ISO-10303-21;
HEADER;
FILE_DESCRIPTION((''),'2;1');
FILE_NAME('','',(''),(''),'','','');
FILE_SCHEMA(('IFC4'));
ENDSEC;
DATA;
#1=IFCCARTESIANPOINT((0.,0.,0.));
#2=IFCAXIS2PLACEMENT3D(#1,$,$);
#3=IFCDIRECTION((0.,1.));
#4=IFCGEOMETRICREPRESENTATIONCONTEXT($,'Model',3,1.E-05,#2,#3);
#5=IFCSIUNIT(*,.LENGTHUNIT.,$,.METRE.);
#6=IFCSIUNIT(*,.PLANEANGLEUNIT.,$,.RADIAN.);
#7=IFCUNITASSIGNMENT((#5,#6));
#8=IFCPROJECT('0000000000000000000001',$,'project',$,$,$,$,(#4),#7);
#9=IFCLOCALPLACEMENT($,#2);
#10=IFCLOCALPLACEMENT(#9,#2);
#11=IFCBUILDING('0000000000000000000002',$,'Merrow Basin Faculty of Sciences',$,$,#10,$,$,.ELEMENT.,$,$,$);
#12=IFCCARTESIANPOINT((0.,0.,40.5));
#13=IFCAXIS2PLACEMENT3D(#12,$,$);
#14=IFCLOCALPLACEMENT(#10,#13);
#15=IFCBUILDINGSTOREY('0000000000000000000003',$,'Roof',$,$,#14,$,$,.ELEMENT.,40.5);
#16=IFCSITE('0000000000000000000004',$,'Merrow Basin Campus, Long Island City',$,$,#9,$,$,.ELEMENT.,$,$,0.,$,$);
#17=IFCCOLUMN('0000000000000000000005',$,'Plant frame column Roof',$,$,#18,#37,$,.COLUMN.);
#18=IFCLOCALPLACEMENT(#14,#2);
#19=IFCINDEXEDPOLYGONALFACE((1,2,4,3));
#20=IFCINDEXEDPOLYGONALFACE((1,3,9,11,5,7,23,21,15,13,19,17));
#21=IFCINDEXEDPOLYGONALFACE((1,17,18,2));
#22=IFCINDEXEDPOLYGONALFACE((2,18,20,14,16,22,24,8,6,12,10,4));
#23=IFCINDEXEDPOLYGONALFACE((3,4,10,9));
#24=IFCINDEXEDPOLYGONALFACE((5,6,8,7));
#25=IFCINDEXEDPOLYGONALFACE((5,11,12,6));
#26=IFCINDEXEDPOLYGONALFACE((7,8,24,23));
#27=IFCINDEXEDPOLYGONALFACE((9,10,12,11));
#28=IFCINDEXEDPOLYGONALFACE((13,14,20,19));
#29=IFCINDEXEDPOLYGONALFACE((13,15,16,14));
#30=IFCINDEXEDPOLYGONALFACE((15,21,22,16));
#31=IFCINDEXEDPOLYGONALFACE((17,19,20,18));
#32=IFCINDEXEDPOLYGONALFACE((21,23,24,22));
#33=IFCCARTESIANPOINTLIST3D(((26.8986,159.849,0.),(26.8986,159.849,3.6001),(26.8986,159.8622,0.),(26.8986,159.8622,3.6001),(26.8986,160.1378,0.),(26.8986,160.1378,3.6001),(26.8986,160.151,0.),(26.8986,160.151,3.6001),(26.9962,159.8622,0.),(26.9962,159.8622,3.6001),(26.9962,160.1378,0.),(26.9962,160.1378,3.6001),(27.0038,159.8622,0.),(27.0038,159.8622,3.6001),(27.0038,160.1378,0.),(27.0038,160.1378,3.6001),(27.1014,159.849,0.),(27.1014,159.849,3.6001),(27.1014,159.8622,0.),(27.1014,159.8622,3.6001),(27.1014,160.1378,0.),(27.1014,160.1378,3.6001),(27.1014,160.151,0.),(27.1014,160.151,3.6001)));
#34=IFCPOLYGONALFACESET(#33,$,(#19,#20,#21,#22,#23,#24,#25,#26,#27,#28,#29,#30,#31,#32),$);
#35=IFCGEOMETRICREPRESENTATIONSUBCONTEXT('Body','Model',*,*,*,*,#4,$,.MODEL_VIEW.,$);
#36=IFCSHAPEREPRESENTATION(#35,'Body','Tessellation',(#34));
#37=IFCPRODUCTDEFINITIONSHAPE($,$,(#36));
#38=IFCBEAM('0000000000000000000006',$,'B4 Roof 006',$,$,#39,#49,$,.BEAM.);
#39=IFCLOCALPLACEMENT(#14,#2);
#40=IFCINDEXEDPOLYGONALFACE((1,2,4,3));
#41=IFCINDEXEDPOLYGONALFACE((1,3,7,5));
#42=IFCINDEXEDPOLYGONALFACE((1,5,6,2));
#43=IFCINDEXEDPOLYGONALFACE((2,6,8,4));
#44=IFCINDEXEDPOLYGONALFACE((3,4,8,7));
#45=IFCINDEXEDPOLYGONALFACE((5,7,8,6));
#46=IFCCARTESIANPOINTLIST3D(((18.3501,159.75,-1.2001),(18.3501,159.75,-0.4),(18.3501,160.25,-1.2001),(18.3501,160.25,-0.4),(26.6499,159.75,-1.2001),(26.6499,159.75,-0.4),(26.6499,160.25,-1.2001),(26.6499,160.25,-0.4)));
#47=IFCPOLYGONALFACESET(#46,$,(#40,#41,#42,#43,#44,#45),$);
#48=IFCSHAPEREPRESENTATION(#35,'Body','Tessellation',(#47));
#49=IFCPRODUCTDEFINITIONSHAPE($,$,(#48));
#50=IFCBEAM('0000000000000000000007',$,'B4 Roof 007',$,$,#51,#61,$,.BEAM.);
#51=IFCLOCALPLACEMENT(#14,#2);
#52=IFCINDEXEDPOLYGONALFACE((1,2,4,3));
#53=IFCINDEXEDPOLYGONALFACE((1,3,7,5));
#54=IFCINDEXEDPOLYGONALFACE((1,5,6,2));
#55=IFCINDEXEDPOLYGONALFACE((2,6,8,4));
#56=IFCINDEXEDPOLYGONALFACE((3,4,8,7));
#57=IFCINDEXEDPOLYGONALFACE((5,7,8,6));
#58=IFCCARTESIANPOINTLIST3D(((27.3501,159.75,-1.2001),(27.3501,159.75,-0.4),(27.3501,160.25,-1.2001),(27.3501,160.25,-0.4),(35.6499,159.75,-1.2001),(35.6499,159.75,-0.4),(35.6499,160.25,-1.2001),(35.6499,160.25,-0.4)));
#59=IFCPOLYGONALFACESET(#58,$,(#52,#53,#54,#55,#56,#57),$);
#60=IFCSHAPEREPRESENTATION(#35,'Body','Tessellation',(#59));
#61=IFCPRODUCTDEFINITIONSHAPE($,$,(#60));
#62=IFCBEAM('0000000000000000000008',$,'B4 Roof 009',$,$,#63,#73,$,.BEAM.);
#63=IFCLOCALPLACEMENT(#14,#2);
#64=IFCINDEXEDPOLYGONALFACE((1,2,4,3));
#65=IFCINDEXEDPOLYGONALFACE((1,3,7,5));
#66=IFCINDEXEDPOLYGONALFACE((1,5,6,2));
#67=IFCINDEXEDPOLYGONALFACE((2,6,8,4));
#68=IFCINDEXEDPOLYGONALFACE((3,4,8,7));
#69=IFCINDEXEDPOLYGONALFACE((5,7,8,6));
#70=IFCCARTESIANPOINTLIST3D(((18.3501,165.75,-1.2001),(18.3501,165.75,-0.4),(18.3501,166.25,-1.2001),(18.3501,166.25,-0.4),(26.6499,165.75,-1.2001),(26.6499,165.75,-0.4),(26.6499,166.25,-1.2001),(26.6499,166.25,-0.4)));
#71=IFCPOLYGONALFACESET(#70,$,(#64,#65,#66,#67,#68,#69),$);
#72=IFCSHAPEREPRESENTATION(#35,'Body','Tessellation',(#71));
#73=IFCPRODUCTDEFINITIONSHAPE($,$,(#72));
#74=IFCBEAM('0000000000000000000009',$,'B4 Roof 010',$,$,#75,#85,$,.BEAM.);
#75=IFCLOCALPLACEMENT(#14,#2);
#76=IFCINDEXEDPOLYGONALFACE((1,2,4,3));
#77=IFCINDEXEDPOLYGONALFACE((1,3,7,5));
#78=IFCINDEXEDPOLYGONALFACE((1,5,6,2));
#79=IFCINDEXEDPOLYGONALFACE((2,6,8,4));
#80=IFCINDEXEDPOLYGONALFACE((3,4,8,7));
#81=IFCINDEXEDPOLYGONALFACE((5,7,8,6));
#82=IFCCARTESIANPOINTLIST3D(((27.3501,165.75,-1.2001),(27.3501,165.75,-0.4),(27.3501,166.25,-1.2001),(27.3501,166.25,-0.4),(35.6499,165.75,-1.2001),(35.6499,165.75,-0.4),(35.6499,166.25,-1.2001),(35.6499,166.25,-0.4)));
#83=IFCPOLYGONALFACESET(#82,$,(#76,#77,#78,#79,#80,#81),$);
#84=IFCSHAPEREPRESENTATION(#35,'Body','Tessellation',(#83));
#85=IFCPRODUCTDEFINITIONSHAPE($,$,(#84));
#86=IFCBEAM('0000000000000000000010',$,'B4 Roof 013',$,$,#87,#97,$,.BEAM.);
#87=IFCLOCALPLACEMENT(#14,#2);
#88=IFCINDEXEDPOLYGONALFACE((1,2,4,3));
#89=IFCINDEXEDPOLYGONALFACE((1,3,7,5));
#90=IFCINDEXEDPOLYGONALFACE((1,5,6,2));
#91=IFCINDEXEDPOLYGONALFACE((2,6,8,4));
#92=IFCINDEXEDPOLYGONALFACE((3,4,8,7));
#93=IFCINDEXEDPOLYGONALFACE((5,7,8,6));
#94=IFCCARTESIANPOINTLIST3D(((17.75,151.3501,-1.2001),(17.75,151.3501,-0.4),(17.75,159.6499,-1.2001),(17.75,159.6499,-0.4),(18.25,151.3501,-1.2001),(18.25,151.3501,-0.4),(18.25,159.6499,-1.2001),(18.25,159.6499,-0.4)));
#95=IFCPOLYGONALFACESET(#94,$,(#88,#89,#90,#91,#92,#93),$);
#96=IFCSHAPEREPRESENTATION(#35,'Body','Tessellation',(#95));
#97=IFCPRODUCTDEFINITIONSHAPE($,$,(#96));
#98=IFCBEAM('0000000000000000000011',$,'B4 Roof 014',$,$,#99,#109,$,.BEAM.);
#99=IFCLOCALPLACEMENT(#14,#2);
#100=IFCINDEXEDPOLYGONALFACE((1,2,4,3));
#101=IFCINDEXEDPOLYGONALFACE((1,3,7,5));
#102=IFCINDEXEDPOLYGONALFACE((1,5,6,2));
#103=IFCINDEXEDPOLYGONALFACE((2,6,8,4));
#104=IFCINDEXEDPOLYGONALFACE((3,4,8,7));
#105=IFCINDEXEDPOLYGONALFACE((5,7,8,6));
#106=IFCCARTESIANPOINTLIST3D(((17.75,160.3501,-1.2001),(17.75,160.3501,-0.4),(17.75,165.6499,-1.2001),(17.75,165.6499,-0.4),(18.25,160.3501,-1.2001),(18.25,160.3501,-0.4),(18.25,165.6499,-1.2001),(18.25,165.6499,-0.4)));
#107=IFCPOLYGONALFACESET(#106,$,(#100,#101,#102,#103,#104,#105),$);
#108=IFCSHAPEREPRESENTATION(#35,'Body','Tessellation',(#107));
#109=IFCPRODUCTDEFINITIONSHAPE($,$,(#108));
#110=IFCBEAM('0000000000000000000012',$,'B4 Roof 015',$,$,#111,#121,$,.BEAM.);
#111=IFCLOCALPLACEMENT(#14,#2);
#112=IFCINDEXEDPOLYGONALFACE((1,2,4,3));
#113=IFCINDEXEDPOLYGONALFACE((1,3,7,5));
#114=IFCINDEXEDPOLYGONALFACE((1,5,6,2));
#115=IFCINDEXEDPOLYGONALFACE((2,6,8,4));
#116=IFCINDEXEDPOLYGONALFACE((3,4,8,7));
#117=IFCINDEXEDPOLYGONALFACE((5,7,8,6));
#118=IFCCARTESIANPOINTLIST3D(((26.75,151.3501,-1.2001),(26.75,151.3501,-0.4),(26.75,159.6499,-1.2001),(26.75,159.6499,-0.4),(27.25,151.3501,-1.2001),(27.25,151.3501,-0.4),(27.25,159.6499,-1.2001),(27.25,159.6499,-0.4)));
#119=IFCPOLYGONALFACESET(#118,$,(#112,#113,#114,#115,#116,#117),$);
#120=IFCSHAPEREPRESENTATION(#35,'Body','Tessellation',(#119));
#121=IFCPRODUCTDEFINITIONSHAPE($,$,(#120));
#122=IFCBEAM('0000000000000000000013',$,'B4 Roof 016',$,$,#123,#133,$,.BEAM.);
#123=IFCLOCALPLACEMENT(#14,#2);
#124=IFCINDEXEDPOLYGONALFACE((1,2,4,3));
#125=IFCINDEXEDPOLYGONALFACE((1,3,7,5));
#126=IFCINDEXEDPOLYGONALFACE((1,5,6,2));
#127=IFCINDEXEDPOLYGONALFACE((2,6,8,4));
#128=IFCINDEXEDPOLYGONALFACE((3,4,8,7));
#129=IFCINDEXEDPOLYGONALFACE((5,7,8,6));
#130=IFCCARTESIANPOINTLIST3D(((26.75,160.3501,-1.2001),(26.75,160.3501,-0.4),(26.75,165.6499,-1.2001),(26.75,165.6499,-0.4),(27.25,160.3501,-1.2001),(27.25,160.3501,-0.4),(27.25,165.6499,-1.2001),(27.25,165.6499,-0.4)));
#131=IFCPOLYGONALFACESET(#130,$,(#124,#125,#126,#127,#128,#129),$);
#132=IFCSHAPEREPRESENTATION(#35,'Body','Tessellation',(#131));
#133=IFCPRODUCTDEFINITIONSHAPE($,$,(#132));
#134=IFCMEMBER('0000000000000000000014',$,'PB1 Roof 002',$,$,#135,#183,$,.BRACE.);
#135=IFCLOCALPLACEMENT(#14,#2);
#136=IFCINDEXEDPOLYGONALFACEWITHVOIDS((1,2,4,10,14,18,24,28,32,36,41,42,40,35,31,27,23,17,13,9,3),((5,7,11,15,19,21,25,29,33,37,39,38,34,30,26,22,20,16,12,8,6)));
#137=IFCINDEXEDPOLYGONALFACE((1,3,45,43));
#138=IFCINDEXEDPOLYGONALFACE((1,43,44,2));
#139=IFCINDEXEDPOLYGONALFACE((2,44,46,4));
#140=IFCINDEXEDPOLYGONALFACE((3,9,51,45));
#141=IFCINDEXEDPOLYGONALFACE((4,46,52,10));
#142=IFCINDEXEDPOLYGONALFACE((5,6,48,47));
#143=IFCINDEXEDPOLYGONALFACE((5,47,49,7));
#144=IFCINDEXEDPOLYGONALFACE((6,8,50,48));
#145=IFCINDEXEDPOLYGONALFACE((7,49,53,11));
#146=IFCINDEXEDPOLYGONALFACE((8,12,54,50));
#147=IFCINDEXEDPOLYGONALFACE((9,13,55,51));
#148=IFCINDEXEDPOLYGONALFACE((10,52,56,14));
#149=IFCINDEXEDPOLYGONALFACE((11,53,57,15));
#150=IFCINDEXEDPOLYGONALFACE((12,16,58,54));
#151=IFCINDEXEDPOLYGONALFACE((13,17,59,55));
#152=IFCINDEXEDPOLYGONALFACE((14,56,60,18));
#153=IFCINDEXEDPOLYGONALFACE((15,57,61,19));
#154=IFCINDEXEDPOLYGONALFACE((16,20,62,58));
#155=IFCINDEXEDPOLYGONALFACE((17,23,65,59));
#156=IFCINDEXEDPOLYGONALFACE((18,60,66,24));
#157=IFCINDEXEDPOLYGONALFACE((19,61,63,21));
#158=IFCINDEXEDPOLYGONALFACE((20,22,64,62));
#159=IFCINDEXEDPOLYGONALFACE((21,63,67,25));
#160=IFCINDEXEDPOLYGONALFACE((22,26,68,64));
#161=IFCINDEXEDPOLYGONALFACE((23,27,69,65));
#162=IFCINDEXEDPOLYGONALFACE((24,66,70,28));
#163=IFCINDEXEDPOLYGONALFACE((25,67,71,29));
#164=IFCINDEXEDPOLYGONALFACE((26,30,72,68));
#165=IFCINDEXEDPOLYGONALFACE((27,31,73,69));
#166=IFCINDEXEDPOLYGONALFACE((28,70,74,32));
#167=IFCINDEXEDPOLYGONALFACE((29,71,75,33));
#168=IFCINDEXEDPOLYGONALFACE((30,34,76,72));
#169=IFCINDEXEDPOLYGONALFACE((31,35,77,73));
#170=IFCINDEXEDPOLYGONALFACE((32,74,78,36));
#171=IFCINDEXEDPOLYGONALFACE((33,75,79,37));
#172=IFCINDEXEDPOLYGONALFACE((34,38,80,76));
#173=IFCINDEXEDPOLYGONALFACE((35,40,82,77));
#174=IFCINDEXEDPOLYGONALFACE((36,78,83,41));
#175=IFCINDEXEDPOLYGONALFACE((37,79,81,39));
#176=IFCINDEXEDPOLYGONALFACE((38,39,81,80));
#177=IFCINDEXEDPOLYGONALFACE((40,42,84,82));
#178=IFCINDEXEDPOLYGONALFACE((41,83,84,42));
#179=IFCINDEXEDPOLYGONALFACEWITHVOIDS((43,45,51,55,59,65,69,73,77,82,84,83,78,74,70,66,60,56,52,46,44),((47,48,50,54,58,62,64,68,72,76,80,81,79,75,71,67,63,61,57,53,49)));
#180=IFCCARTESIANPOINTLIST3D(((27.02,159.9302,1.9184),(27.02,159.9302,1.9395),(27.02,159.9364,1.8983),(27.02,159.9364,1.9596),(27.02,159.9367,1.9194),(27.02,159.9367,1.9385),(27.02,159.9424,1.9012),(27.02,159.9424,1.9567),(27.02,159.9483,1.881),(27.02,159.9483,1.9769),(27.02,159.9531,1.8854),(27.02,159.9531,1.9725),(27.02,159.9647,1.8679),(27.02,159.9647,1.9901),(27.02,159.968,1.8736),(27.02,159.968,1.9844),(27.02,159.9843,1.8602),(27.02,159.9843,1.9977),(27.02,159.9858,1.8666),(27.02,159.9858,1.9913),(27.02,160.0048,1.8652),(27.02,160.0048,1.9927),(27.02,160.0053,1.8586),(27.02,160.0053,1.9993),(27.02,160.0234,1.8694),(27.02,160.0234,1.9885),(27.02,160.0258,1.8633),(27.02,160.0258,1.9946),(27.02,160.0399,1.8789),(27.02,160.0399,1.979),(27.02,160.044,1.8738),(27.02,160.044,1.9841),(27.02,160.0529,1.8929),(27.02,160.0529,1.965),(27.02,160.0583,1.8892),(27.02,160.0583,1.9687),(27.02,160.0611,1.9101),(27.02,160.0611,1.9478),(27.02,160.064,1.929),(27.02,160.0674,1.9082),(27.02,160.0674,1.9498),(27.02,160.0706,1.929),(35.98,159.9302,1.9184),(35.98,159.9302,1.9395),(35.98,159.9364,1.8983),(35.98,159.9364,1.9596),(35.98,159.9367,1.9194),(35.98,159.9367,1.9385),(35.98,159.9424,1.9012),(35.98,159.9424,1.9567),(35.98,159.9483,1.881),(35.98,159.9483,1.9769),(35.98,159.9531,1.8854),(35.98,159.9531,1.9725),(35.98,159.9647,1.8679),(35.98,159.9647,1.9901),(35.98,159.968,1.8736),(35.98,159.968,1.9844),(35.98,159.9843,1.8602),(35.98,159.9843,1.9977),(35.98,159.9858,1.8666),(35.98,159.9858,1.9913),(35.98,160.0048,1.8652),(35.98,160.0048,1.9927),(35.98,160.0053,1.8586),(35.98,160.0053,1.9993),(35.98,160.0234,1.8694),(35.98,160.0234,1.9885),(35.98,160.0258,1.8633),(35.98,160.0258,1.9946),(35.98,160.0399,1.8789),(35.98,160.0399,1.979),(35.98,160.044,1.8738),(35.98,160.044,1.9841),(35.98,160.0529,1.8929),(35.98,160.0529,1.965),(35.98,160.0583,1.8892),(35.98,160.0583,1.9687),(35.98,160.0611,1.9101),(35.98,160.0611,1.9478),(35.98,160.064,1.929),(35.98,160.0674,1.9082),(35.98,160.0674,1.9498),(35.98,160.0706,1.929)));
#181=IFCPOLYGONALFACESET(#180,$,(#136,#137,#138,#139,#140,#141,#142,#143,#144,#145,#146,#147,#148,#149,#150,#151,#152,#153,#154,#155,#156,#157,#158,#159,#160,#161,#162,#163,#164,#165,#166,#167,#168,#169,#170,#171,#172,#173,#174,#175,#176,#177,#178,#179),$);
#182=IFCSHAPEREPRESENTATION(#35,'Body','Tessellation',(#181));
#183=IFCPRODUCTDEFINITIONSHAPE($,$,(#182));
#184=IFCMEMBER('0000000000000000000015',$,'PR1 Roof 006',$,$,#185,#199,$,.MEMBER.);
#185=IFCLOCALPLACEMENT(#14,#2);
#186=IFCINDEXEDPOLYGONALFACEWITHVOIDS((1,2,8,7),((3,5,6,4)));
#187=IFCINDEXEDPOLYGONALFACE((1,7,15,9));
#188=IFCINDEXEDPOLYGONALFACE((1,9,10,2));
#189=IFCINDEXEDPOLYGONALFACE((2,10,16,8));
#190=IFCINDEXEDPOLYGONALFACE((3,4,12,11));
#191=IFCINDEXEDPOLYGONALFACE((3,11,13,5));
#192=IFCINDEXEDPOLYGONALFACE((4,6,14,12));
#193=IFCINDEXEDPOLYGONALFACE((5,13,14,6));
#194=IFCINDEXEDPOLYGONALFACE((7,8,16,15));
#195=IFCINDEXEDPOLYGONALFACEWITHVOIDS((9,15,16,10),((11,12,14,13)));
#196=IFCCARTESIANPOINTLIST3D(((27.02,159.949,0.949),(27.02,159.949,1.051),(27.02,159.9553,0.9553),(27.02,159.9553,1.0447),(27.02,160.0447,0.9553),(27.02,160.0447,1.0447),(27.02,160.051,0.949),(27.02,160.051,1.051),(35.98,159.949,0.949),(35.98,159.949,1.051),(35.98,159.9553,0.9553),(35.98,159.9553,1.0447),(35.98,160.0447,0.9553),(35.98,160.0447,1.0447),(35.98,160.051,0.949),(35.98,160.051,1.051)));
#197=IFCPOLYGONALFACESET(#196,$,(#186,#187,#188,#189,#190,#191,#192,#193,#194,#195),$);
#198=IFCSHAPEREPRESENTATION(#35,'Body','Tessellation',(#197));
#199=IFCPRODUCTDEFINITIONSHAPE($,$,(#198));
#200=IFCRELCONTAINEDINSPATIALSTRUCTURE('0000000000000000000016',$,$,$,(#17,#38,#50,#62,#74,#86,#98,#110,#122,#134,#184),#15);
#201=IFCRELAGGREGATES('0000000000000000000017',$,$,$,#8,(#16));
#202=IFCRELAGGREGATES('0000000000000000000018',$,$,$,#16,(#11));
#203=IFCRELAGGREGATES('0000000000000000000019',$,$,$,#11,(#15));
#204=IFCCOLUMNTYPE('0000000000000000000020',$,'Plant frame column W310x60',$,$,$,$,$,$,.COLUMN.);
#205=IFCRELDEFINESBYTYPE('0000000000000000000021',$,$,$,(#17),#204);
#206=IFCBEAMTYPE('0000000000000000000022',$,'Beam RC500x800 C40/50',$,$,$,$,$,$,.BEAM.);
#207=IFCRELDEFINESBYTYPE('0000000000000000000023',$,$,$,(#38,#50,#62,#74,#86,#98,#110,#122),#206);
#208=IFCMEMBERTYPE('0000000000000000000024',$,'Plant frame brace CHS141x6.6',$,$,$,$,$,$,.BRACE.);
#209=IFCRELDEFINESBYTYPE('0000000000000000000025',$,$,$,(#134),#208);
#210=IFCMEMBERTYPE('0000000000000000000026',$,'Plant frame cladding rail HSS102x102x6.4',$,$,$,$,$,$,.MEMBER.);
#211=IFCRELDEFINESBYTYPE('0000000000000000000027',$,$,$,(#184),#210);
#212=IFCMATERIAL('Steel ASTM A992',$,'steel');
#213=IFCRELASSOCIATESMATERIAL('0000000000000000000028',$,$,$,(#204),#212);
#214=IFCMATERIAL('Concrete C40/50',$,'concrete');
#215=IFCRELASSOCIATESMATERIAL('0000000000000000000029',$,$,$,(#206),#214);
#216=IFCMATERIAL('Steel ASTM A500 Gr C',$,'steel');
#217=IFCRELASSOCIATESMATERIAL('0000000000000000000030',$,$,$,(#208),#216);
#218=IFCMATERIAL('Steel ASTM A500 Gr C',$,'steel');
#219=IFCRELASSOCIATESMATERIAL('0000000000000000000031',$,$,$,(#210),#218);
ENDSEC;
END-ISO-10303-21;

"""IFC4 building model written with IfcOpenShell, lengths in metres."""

from ifc_helpers import new_model, si_unit, direction, frame, origin, origin_2d, place, context, subcontext, project, spatial, rectangle, hollow_rectangle, hollow_circle, i_section, extrude, material, material_profile, profile_set, type_object, element, save


model = new_model("IFC4")

# Units and contexts
model_context = context("Model", 3, precision=1e-05, world=origin(), true_north=direction((0.0, 1.0)))
body_context = subcontext(model_context, "Body", "Model", "MODEL_VIEW")
ifc_project = project(units=[si_unit("LENGTHUNIT", "METRE"), si_unit("PLANEANGLEUNIT", "RADIAN")], contexts=[model_context])

# Site, building, storey
site_placement = place(None, origin())
site = spatial("IfcSite", under=ifc_project, at=site_placement, Name="Merrow Basin Campus, Long Island City", CompositionType="ELEMENT", RefElevation=0.0)
building_placement = place(site_placement, origin())
building = spatial("IfcBuilding", under=site, at=building_placement, Name="Merrow Basin Faculty of Sciences", CompositionType="ELEMENT")
storey_placement = place(building_placement, frame((0.0, 0.0, 40.5)))
storey = spatial("IfcBuildingStorey", under=building, at=storey_placement, Name="Roof", CompositionType="ELEMENT", Elevation=40.5)

# Column
ifc_material_1 = material(Name="Steel ASTM A992", Category="steel")
ifc_material_profile_1 = material_profile(ifc_material_1, i_section(OverallWidth=0.2029, OverallDepth=0.302, WebThickness=0.0076, FlangeThickness=0.0132, at=origin_2d()))
ifc_profile_set_1 = profile_set([ifc_material_profile_1], Name="Steel ASTM A992")
column_type = type_object("IfcColumnType", Name="Plant frame column W310x60", PredefinedType="COLUMN", material=ifc_profile_set_1)
column_placement = place(storey_placement, frame((27.0, 160.0, 0.0), z_axis=(0.0, 0.0, 1.0), x_axis=(1.0, 0.0, 0.0)))
element("IfcColumn", 1, at=column_placement, inside=storey, type_object=column_type, Name="Plant frame column Roof", PredefinedType="COLUMN", context=body_context, shape_type="SweptSolid", body=[
    extrude(i_section(OverallWidth=0.2029, OverallDepth=0.302, WebThickness=0.0076, FlangeThickness=0.0132, at=origin_2d()), origin(), (0.0, 0.0, 1.0), 3.6001),
])

# Beams
ifc_material_2 = material(Name="Concrete C40/50", Category="concrete")
ifc_material_profile_2 = material_profile(ifc_material_2, rectangle(XDim=0.5, YDim=0.8, at=origin_2d()))
ifc_profile_set_2 = profile_set([ifc_material_profile_2], Name="Concrete C40/50")
beam_type_1 = type_object("IfcBeamType", Name="Beam RC500x800 C40/50", PredefinedType="BEAM", material=ifc_profile_set_2)
for number, where, z_axis, x_axis, name in (
    (2, (18.3501, 160.0, -0.8), (1.0, 0.0, 0.0), (0.0, 1.0, 0.0), "B4 Roof 006"),
    (3, (27.3501, 160.0, -0.8), (1.0, 0.0, 0.0), (0.0, 1.0, 0.0), "B4 Roof 007"),
    (4, (18.3501, 166.0, -0.8), (1.0, 0.0, 0.0), (0.0, 1.0, 0.0), "B4 Roof 009"),
    (5, (27.3501, 166.0, -0.8), (1.0, 0.0, 0.0), (0.0, 1.0, 0.0), "B4 Roof 010"),
    (6, (18.0, 151.3501, -0.8), (0.0, 1.0, 0.0), (-1.0, 0.0, 0.0), "B4 Roof 013"),
):
    element("IfcBeam", number, at=place(storey_placement, frame(where, z_axis=z_axis, x_axis=x_axis)), inside=storey, type_object=beam_type_1, Name=name, PredefinedType="BEAM", context=body_context, shape_type="SweptSolid", body=[
        extrude(rectangle(XDim=0.5, YDim=0.8, at=origin_2d()), origin(), (0.0, 0.0, 1.0), 8.2998),
    ])
beam_1_placement = place(storey_placement, frame((18.0, 160.3501, -0.8), z_axis=(0.0, 1.0, 0.0), x_axis=(-1.0, 0.0, 0.0)))
element("IfcBeam", 7, at=beam_1_placement, inside=storey, type_object=beam_type_1, Name="B4 Roof 014", PredefinedType="BEAM", context=body_context, shape_type="SweptSolid", body=[
    extrude(rectangle(XDim=0.5, YDim=0.8, at=origin_2d()), origin(), (0.0, 0.0, 1.0), 5.2998),
])
beam_2_placement = place(storey_placement, frame((27.0, 151.3501, -0.8), z_axis=(0.0, 1.0, 0.0), x_axis=(-1.0, 0.0, 0.0)))
element("IfcBeam", 8, at=beam_2_placement, inside=storey, type_object=beam_type_1, Name="B4 Roof 015", PredefinedType="BEAM", context=body_context, shape_type="SweptSolid", body=[
    extrude(rectangle(XDim=0.5, YDim=0.8, at=origin_2d()), origin(), (0.0, 0.0, 1.0), 8.2998),
])
beam_3_placement = place(storey_placement, frame((27.0, 160.3501, -0.8), z_axis=(0.0, 1.0, 0.0), x_axis=(-1.0, 0.0, 0.0)))
element("IfcBeam", 9, at=beam_3_placement, inside=storey, type_object=beam_type_1, Name="B4 Roof 016", PredefinedType="BEAM", context=body_context, shape_type="SweptSolid", body=[
    extrude(rectangle(XDim=0.5, YDim=0.8, at=origin_2d()), origin(), (0.0, 0.0, 1.0), 5.2998),
])

# Members
ifc_material_3 = material(Name="Steel ASTM A500 Gr C", Category="steel")
ifc_material_profile_3 = material_profile(ifc_material_3, hollow_circle(Radius=0.0706, WallThickness=0.0066, at=origin_2d()))
ifc_profile_set_3 = profile_set([ifc_material_profile_3], Name="Steel ASTM A500 Gr C")
member_type_1 = type_object("IfcMemberType", Name="Plant frame brace CHS141x6.6", PredefinedType="BRACE", material=ifc_profile_set_3)
member_1_placement = place(storey_placement, frame((27.02, 160.0, 1.929), z_axis=(1.0, 0.0, 0.0), x_axis=(0.0, 1.0, 0.0)))
element("IfcMember", 10, at=member_1_placement, inside=storey, type_object=member_type_1, Name="PB1 Roof 002", PredefinedType="BRACE", context=body_context, shape_type="SweptSolid", body=[
    extrude(hollow_circle(Radius=0.0706, WallThickness=0.0066, at=origin_2d()), origin(), (0.0, 0.0, 1.0), 8.96),
])
ifc_material_4 = material(Name="Steel ASTM A500 Gr C", Category="steel")
ifc_material_profile_4 = material_profile(ifc_material_4, hollow_rectangle(XDim=0.1021, YDim=0.1021, WallThickness=0.0063, at=origin_2d()))
ifc_profile_set_4 = profile_set([ifc_material_profile_4], Name="Steel ASTM A500 Gr C")
member_type_2 = type_object("IfcMemberType", Name="Plant frame cladding rail HSS102x102x6.4", PredefinedType="MEMBER", material=ifc_profile_set_4)
member_2_placement = place(storey_placement, frame((27.02, 160.0, 1.0), z_axis=(1.0, 0.0, 0.0), x_axis=(0.0, 1.0, 0.0)))
element("IfcMember", 11, at=member_2_placement, inside=storey, type_object=member_type_2, Name="PR1 Roof 006", PredefinedType="MEMBER", context=body_context, shape_type="SweptSolid", body=[
    extrude(hollow_rectangle(XDim=0.1021, YDim=0.1021, WallThickness=0.0063, at=origin_2d()), origin(), (0.0, 0.0, 1.0), 8.96),
])

save(model, "model.ifc")
